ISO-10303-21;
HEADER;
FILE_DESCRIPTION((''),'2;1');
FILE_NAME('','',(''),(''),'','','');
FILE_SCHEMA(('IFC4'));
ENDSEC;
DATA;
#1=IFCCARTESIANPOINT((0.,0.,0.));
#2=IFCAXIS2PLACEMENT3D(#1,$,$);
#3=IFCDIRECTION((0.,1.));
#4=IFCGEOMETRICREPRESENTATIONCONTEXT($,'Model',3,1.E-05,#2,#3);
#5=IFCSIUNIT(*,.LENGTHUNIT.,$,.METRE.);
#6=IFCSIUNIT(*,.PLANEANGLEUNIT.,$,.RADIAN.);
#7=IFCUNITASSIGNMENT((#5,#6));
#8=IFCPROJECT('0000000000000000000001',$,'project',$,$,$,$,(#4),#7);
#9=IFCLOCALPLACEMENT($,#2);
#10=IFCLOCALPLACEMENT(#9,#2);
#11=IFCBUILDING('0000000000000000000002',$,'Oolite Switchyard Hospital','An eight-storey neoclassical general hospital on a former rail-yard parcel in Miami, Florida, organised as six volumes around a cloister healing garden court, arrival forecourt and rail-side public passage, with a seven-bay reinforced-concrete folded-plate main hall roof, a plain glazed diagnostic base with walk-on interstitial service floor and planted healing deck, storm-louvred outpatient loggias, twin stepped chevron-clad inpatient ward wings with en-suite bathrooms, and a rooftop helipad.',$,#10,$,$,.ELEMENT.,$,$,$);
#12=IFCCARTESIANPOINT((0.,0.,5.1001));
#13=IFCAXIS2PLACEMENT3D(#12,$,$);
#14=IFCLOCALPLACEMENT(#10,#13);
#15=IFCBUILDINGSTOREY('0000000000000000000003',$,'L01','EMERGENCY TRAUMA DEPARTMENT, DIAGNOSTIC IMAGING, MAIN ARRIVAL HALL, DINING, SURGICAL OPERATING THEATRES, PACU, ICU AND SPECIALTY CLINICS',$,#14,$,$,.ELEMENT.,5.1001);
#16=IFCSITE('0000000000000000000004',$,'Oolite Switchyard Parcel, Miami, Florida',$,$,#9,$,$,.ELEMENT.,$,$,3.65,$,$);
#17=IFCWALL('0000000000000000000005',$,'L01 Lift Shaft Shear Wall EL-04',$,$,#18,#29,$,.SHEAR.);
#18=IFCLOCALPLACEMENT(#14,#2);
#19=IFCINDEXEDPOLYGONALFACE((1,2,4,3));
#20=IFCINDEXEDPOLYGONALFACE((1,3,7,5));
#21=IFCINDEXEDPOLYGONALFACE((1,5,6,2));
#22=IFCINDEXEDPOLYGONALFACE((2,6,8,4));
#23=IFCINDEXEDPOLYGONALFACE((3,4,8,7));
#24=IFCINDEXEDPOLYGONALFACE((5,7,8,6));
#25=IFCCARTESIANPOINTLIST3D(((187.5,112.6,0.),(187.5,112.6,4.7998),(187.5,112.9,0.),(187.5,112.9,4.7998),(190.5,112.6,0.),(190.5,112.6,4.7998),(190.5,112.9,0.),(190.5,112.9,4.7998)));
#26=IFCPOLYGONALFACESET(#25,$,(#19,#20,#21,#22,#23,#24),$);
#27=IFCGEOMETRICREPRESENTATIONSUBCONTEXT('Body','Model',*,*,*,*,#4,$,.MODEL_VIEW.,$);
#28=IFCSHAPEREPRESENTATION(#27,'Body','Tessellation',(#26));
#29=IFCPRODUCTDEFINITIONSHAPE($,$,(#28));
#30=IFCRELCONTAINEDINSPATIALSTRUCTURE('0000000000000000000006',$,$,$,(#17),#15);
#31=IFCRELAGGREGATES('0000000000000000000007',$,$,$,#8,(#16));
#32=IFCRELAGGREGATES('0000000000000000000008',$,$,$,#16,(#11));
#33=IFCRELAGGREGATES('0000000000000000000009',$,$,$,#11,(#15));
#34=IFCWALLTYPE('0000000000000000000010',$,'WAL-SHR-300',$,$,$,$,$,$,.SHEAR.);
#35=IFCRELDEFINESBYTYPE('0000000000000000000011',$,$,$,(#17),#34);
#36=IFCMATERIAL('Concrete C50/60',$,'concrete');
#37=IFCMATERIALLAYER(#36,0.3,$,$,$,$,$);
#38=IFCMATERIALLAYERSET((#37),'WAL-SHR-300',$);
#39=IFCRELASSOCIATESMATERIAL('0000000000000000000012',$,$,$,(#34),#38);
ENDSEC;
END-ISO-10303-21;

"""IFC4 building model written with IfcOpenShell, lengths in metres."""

from ifc_helpers import new_model, si_unit, direction, frame, frame_2d, origin, place, context, subcontext, project, spatial, rectangle, extrude, material, layer, layer_set, type_object, element, save


model = new_model("IFC4")

# Units and contexts
model_context = context("Model", 3, precision=1e-05, world=origin(), true_north=direction((0.0, 1.0)))
body_context = subcontext(model_context, "Body", "Model", "MODEL_VIEW")
ifc_project = project(units=[si_unit("LENGTHUNIT", "METRE"), si_unit("PLANEANGLEUNIT", "RADIAN")], contexts=[model_context])

# Site, building, storey
site_placement = place(None, origin())
site = spatial("IfcSite", under=ifc_project, at=site_placement, Name="Oolite Switchyard Parcel, Miami, Florida", CompositionType="ELEMENT", RefElevation=3.65)
building_placement = place(site_placement, origin())
building = spatial("IfcBuilding", under=site, at=building_placement, Name="Oolite Switchyard Hospital", Description="An eight-storey neoclassical general hospital on a former rail-yard parcel in Miami, Florida, organised as six volumes around a cloister healing garden court, arrival forecourt and rail-side public passage, with a seven-bay reinforced-concrete folded-plate main hall roof, a plain glazed diagnostic base with walk-on interstitial service floor and planted healing deck, storm-louvred outpatient loggias, twin stepped chevron-clad inpatient ward wings with en-suite bathrooms, and a rooftop helipad.", CompositionType="ELEMENT")
storey_placement = place(building_placement, frame((0.0, 0.0, 5.1001)))
storey = spatial("IfcBuildingStorey", under=building, at=storey_placement, Name="L01", Description="EMERGENCY TRAUMA DEPARTMENT, DIAGNOSTIC IMAGING, MAIN ARRIVAL HALL, DINING, SURGICAL OPERATING THEATRES, PACU, ICU AND SPECIALTY CLINICS", CompositionType="ELEMENT", Elevation=5.1001)

# Shared definitions
ifc_material_1 = material(Name="Concrete C50/60", Category="concrete")

# Wall
ifc_layer_1 = layer(ifc_material_1, 0.3)
ifc_layer_set_1 = layer_set([ifc_layer_1], Name="WAL-SHR-300")
wall_type = type_object("IfcWallType", Name="WAL-SHR-300", PredefinedType="SHEAR", material=ifc_layer_set_1)
wall_1_placement = place(storey_placement, frame((187.5, 112.75, 0.0), z_axis=(0.0, 0.0, 1.0), x_axis=(1.0, 0.0, 0.0)))
element("IfcWall", 1, at=wall_1_placement, inside=storey, type_object=wall_type, Name="L01 Lift Shaft Shear Wall EL-04", PredefinedType="SHEAR", context=body_context, shape_type="SweptSolid", body=[
    extrude(rectangle(XDim=3.0, YDim=0.3, at=frame_2d((1.5, 0.0))), origin(), (0.0, 0.0, 1.0), 4.7998),
])

save(model, "model.ifc")
